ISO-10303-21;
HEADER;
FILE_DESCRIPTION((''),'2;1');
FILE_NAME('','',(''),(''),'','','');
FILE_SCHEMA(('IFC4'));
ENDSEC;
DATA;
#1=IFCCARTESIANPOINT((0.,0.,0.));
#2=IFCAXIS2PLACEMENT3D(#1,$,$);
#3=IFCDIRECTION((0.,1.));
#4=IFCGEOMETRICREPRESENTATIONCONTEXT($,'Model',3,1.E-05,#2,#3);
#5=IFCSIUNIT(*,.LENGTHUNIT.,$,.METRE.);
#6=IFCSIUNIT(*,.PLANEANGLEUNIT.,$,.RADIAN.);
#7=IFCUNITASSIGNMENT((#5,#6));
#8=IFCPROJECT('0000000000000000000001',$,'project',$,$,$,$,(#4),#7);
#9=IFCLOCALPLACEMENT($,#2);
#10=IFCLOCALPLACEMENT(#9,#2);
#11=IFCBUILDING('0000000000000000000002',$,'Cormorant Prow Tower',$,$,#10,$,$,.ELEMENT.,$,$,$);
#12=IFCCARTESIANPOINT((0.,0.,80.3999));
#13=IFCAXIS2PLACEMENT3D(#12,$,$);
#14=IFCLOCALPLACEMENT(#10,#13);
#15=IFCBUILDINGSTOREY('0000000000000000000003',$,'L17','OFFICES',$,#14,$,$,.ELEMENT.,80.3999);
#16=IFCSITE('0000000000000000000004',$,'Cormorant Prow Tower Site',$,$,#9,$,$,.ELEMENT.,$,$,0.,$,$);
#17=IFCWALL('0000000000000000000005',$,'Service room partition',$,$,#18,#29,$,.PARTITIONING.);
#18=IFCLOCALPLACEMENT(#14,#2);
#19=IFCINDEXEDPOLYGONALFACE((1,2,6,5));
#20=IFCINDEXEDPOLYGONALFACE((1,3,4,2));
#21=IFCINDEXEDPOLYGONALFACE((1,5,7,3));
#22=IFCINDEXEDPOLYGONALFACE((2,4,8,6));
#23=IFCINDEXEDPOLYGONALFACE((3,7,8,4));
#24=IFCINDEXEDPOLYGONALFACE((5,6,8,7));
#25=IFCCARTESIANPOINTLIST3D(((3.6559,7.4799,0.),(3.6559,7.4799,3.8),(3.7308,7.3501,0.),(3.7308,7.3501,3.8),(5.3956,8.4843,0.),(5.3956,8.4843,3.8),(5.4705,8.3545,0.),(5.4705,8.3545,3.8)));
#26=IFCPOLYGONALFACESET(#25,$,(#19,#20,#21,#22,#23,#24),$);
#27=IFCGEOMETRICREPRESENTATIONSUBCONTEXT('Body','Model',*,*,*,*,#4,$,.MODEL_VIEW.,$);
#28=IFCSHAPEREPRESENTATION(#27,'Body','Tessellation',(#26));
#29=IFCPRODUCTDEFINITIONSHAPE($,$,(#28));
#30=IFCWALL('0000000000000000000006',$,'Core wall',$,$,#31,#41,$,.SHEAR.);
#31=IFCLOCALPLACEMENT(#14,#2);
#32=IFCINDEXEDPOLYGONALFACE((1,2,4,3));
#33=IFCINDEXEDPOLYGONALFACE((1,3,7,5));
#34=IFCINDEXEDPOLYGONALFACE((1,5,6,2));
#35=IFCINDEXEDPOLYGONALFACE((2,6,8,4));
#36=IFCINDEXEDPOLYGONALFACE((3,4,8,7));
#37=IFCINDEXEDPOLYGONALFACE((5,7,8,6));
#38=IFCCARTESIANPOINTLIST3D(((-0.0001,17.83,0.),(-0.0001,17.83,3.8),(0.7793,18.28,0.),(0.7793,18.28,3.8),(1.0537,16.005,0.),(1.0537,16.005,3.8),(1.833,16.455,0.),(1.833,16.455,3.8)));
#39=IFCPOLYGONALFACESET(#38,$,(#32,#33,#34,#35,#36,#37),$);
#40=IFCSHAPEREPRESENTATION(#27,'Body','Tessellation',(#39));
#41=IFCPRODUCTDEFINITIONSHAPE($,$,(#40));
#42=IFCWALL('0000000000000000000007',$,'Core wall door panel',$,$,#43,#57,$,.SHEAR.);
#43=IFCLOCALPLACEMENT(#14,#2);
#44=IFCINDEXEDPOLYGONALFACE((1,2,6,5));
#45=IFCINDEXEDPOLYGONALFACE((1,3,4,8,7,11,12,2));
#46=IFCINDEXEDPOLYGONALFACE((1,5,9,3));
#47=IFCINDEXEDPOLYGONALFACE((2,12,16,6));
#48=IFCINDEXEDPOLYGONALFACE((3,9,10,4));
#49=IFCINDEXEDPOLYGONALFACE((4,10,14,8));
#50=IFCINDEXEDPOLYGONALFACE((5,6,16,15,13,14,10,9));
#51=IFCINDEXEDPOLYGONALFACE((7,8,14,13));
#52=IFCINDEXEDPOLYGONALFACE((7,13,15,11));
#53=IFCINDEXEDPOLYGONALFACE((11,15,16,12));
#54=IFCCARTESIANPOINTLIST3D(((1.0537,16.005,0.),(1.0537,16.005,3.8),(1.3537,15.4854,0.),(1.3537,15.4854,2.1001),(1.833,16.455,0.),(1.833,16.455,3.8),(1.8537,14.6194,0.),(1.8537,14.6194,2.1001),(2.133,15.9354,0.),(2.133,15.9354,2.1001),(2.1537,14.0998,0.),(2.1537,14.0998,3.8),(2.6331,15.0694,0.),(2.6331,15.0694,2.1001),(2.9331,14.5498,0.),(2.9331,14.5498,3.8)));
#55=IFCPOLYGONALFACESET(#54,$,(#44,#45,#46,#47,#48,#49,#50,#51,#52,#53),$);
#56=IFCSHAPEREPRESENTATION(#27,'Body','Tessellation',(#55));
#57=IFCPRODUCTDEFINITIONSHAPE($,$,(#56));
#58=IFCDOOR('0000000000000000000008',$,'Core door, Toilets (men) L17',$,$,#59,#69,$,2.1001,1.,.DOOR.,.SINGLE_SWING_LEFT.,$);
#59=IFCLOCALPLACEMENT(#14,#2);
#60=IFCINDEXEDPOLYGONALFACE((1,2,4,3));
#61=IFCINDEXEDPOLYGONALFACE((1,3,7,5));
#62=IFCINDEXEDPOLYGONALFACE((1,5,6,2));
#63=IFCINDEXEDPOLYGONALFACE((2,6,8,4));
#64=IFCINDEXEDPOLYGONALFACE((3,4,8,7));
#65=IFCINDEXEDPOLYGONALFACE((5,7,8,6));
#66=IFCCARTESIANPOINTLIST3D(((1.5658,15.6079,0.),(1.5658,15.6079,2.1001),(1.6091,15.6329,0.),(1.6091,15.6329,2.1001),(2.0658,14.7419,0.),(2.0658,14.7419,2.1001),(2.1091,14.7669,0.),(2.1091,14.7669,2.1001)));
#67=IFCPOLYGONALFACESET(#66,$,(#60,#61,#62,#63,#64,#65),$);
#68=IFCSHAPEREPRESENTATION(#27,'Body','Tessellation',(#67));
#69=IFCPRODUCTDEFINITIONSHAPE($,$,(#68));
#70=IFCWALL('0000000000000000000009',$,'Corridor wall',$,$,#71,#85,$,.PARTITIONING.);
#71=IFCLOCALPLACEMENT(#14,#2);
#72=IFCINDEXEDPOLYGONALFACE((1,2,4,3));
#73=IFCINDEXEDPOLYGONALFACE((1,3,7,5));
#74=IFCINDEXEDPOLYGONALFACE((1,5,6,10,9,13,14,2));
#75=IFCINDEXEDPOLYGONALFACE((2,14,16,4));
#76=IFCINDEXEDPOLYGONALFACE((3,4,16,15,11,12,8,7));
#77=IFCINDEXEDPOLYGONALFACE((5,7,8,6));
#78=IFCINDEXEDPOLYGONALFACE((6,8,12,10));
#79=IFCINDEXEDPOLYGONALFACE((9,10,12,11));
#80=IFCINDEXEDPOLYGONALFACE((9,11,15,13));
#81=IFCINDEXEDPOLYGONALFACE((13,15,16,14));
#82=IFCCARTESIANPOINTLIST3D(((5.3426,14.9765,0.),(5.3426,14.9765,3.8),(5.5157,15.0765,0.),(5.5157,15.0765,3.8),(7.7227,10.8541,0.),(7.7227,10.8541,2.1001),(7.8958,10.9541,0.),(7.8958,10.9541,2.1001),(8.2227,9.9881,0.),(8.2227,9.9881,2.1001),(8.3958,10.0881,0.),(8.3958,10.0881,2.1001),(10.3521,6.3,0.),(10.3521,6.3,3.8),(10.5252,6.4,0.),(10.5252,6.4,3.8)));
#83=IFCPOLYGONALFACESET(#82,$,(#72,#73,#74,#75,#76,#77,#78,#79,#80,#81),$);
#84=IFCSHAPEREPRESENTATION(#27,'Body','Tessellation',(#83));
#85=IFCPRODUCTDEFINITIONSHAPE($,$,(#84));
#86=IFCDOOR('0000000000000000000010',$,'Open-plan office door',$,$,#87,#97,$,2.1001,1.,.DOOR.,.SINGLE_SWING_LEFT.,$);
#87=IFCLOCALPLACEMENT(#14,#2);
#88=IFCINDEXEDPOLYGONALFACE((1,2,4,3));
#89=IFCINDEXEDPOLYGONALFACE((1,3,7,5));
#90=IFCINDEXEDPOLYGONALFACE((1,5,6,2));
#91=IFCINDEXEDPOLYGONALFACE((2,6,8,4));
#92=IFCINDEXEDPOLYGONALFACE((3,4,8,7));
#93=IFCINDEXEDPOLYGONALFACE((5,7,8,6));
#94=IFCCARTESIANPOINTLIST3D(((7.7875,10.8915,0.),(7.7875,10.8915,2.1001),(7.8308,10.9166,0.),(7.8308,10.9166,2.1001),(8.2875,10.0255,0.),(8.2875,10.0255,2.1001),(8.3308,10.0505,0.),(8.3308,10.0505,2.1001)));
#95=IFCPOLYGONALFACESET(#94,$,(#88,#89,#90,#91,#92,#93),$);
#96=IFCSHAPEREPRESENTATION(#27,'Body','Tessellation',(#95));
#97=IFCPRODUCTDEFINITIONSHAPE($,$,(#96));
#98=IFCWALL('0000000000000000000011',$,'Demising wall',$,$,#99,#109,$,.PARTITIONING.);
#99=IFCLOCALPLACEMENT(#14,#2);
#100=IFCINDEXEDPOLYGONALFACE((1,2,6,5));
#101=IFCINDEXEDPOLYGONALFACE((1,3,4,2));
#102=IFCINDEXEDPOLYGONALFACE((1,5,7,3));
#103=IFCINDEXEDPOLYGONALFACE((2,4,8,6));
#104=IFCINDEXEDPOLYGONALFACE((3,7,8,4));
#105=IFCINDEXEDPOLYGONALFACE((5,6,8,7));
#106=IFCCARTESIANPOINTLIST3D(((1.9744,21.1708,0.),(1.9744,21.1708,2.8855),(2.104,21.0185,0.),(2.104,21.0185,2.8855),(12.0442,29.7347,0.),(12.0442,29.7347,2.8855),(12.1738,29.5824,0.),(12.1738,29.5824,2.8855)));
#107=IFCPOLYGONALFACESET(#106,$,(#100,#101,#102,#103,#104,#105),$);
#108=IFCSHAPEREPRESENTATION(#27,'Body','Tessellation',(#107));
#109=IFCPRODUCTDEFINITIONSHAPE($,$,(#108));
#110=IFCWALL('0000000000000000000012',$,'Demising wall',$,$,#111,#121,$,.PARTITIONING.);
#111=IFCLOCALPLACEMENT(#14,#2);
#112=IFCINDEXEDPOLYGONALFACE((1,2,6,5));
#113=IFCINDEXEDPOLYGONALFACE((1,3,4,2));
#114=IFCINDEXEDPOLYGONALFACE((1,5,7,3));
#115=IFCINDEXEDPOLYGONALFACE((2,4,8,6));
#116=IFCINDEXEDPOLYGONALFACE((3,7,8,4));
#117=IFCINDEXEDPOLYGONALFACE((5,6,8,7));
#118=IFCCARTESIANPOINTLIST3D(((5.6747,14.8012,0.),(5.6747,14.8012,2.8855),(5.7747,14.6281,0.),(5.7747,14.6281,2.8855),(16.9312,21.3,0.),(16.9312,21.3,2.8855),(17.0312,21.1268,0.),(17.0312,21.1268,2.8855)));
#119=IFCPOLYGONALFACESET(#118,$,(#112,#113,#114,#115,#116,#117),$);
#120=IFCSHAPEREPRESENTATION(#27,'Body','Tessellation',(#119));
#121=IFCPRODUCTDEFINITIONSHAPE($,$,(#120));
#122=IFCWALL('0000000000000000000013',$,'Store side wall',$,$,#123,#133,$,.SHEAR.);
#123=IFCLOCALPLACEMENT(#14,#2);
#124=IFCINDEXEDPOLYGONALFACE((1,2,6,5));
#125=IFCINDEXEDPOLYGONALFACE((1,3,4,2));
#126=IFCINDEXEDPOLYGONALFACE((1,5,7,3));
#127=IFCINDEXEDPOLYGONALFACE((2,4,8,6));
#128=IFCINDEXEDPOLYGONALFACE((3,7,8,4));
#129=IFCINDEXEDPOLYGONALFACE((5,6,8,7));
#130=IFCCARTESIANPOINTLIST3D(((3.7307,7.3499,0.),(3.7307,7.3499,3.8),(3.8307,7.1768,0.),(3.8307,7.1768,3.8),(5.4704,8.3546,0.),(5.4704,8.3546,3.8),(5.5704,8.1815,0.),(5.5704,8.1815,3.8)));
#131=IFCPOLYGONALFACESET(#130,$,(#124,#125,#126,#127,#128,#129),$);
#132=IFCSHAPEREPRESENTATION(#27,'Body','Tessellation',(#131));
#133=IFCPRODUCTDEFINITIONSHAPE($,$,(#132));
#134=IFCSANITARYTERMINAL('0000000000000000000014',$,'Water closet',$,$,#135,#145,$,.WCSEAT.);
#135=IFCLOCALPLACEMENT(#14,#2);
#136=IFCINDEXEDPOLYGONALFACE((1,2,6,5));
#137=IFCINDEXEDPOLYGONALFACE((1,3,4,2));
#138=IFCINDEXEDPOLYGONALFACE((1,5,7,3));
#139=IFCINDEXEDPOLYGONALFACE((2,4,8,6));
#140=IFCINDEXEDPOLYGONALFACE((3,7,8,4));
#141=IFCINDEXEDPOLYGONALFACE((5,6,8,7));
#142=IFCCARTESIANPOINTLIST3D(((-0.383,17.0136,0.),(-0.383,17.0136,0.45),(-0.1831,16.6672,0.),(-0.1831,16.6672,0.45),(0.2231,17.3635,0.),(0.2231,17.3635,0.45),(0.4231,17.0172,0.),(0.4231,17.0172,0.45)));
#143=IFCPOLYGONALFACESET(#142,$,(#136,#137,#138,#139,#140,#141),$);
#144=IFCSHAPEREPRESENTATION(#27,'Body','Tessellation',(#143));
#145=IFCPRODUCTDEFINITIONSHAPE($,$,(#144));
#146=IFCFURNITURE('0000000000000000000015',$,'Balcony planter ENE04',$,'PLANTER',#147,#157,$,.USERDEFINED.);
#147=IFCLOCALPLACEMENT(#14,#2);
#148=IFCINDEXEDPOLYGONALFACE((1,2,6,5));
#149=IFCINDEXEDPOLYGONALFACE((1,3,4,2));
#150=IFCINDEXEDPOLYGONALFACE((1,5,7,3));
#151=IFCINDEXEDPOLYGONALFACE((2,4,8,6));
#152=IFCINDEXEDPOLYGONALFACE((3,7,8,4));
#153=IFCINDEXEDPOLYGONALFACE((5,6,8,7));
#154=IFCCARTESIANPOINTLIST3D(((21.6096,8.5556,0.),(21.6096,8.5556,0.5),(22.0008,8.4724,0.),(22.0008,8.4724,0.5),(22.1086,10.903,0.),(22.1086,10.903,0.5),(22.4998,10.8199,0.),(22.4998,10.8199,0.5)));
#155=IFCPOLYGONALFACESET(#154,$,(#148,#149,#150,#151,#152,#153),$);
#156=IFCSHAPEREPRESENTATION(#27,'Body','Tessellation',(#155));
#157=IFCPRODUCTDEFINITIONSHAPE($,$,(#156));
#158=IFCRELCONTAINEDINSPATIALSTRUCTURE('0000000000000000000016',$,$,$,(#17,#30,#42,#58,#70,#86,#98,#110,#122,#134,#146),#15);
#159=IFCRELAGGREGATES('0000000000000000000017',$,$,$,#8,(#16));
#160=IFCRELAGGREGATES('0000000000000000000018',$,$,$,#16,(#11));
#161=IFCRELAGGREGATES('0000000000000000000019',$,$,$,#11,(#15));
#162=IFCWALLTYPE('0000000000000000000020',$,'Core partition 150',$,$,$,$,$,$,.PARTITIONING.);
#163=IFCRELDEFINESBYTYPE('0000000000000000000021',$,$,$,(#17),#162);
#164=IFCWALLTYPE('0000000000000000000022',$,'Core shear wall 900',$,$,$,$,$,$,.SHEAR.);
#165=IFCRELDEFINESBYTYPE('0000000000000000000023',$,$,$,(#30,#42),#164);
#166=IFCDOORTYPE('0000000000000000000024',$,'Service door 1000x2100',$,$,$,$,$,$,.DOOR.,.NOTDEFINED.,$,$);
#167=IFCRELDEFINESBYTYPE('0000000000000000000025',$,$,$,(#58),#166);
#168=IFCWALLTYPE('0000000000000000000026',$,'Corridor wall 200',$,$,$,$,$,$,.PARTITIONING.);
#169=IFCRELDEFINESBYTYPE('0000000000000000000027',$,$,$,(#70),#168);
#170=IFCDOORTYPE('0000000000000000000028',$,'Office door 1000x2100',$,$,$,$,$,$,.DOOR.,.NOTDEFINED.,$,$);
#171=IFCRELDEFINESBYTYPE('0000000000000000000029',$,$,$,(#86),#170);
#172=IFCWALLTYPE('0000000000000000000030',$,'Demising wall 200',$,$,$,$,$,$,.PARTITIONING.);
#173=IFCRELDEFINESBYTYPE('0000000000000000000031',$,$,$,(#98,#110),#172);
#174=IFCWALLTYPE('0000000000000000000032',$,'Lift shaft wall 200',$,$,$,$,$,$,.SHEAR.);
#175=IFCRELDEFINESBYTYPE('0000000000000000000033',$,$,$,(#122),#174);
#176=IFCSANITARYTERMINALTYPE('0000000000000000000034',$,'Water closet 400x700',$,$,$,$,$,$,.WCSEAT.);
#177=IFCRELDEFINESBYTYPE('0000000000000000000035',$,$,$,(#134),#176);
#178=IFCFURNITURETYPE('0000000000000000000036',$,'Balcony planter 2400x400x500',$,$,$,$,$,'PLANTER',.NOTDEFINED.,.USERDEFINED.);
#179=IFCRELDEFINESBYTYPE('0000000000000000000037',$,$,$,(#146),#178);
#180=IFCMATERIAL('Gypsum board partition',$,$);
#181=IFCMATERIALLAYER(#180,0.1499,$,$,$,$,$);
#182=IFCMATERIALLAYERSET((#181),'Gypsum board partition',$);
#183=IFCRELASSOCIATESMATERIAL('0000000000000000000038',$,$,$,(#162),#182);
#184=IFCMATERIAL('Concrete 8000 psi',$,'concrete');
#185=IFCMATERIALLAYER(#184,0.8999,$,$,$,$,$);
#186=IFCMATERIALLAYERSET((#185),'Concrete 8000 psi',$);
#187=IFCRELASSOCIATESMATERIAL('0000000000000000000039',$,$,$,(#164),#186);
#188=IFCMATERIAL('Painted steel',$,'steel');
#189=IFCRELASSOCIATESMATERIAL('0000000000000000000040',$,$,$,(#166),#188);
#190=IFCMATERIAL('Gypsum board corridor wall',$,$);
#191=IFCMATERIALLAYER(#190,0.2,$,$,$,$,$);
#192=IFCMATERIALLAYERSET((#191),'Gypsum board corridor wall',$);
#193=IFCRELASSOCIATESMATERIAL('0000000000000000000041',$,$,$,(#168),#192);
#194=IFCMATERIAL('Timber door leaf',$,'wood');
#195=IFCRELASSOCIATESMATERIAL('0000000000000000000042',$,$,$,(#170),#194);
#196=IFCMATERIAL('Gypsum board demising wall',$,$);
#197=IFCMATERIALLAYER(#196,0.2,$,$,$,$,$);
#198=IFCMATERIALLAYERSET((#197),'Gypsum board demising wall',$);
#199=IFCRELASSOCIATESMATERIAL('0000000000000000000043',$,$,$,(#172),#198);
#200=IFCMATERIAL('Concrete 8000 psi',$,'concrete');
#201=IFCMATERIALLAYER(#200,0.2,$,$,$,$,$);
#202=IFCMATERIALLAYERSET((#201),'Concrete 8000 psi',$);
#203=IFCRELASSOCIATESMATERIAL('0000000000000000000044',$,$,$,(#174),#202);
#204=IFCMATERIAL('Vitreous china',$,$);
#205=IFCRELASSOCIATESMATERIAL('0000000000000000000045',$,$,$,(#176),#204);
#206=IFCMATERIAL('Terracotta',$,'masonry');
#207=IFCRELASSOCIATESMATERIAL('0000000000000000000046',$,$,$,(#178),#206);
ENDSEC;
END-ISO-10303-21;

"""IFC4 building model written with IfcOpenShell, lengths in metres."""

from ifc_helpers import new_model, si_unit, direction, frame, frame_2d, origin, origin_2d, place, context, subcontext, project, spatial, rectangle, extrude, material, layer, layer_set, type_object, element, fill, save


model = new_model("IFC4")

# Units and contexts
model_context = context("Model", 3, precision=1e-05, world=origin(), true_north=direction((0.0, 1.0)))
body_context = subcontext(model_context, "Body", "Model", "MODEL_VIEW")
ifc_project = project(units=[si_unit("LENGTHUNIT", "METRE"), si_unit("PLANEANGLEUNIT", "RADIAN")], contexts=[model_context])

# Site, building, storey
site_placement = place(None, origin())
site = spatial("IfcSite", under=ifc_project, at=site_placement, Name="Cormorant Prow Tower Site", CompositionType="ELEMENT", RefElevation=0.0)
building_placement = place(site_placement, origin())
building = spatial("IfcBuilding", under=site, at=building_placement, Name="Cormorant Prow Tower", CompositionType="ELEMENT")
storey_placement = place(building_placement, frame((0.0, 0.0, 80.3999)))
storey = spatial("IfcBuildingStorey", under=building, at=storey_placement, Name="L17", Description="OFFICES", CompositionType="ELEMENT", Elevation=80.3999)

# Walls
ifc_material_1 = material(Name="Gypsum board partition")
ifc_layer_1 = layer(ifc_material_1, 0.1499)
ifc_layer_set_1 = layer_set([ifc_layer_1], Name="Gypsum board partition")
wall_type_1 = type_object("IfcWallType", Name="Core partition 150", PredefinedType="PARTITIONING", material=ifc_layer_set_1)
wall_1_placement = place(storey_placement, frame((3.6934, 7.415, 0.0), z_axis=(0.0, 0.0, 1.0), x_axis=(0.866036, 0.499982, 0.0)))
element("IfcWall", 1, at=wall_1_placement, inside=storey, type_object=wall_type_1, Name="Service room partition", PredefinedType="PARTITIONING", context=body_context, shape_type="SweptSolid", body=[
    extrude(rectangle(XDim=2.0088, YDim=0.1499, at=frame_2d((1.0044, 0.0))), origin(), (0.0, 0.0, 1.0), 3.8),
])
ifc_material_2 = material(Name="Concrete 8000 psi", Category="concrete")
ifc_layer_2 = layer(ifc_material_2, 0.8999)
ifc_layer_set_2 = layer_set([ifc_layer_2], Name="Concrete 8000 psi")
wall_type_2 = type_object("IfcWallType", Name="Core shear wall 900", PredefinedType="SHEAR", material=ifc_layer_set_2)
wall_2_placement = place(storey_placement, frame((1.4434, 16.23, 0.0), z_axis=(0.0, 0.0, 1.0), x_axis=(-0.500027, 0.86601, 0.0)))
element("IfcWall", 2, at=wall_2_placement, inside=storey, type_object=wall_type_2, Name="Core wall", PredefinedType="SHEAR", context=body_context, shape_type="SweptSolid", body=[
    extrude(rectangle(XDim=2.1074, YDim=0.8999, at=frame_2d((1.0537, 0.0))), origin(), (0.0, 0.0, 1.0), 3.8),
])

# Walls, openings, doors
wall_3_placement = place(storey_placement, frame((2.5435, 14.3247, 0.0), z_axis=(0.0, 0.0, 1.0), x_axis=(-0.50003, 0.866008, 0.0)))
wall_3 = element("IfcWall", 3, at=wall_3_placement, inside=storey, type_object=wall_type_2, Name="Core wall door panel", PredefinedType="SHEAR", context=body_context, shape_type="SweptSolid", body=[
    extrude(rectangle(XDim=2.2, YDim=0.8999, at=frame_2d((1.1001, 0.0))), origin(), (0.0, 0.0, 1.0), 3.8),
])
opening_1_placement = place(wall_3_placement, frame((0.6001, 0.0, 0.0)))
opening_1 = element("IfcOpeningElement", 4, at=opening_1_placement, cuts=wall_3, PredefinedType="OPENING", context=body_context, shape_type="SweptSolid", body=[
    extrude(rectangle(XDim=1.0, YDim=2.1001, at=frame_2d((0.5, 1.05))), frame((0.0, 0.46, 0.0), z_axis=(0.0, -1.0, 0.0), x_axis=(1.0, 0.0, 0.0)), (0.0, 0.0, 1.0), 0.9199),
])
ifc_material_3 = material(Name="Painted steel", Category="steel")
door_type_1 = type_object("IfcDoorType", Name="Service door 1000x2100", OperationType="NOTDEFINED", PredefinedType="DOOR", material=ifc_material_3)
door_1_placement = place(opening_1_placement, origin())
door_1 = element("IfcDoor", 5, at=door_1_placement, inside=storey, type_object=door_type_1, Name="Core door, Toilets (men) L17", OperationType="SINGLE_SWING_LEFT", OverallHeight=2.1001, OverallWidth=1.0, PredefinedType="DOOR", context=body_context, shape_type="SweptSolid", body=[
    extrude(rectangle(XDim=1.0, YDim=2.1001, at=frame_2d((0.5, 1.05))), frame((0.0, 0.2051, 0.0), z_axis=(0.0, -1.0, 0.0), x_axis=(1.0, 0.0, 0.0)), (0.0, 0.0, 1.0), 0.05),
])
fill(opening_1, door_1)
ifc_material_4 = material(Name="Gypsum board corridor wall")
ifc_layer_3 = layer(ifc_material_4, 0.2)
ifc_layer_set_3 = layer_set([ifc_layer_3], Name="Gypsum board corridor wall")
wall_type_3 = type_object("IfcWallType", Name="Corridor wall 200", PredefinedType="PARTITIONING", material=ifc_layer_set_3)
wall_4_placement = place(storey_placement, frame((5.4292, 15.0264, 0.0), z_axis=(0.0, 0.0, 1.0), x_axis=(0.50001, -0.86602, 0.0)))
wall_4 = element("IfcWall", 6, at=wall_4_placement, inside=storey, type_object=wall_type_3, Name="Corridor wall", PredefinedType="PARTITIONING", context=body_context, shape_type="SweptSolid", body=[
    extrude(rectangle(XDim=10.0188, YDim=0.2, at=frame_2d((5.0093, 0.0))), origin(), (0.0, 0.0, 1.0), 3.8),
])
opening_2_placement = place(wall_4_placement, frame((4.76, 0.0, 0.0)))
opening_2 = element("IfcOpeningElement", 7, at=opening_2_placement, cuts=wall_4, PredefinedType="OPENING", context=body_context, shape_type="SweptSolid", body=[
    extrude(rectangle(XDim=1.0, YDim=2.1001, at=frame_2d((0.5, 1.05))), frame((0.0, 0.1099, 0.0), z_axis=(0.0, -1.0, 0.0), x_axis=(1.0, 0.0, 0.0)), (0.0, 0.0, 1.0), 0.22),
])
ifc_material_5 = material(Name="Timber door leaf", Category="wood")
door_type_2 = type_object("IfcDoorType", Name="Office door 1000x2100", OperationType="NOTDEFINED", PredefinedType="DOOR", material=ifc_material_5)
door_2_placement = place(opening_2_placement, origin())
door_2 = element("IfcDoor", 8, at=door_2_placement, inside=storey, type_object=door_type_2, Name="Open-plan office door", OperationType="SINGLE_SWING_LEFT", OverallHeight=2.1001, OverallWidth=1.0, PredefinedType="DOOR", context=body_context, shape_type="SweptSolid", body=[
    extrude(rectangle(XDim=1.0, YDim=2.1001, at=frame_2d((0.5, 1.05))), frame((0.0, 0.0249, 0.0), z_axis=(0.0, -1.0, 0.0), x_axis=(1.0, 0.0, 0.0)), (0.0, 0.0, 1.0), 0.05),
])
fill(opening_2, door_2)

# Walls
ifc_material_6 = material(Name="Gypsum board demising wall")
ifc_layer_4 = layer(ifc_material_6, 0.2)
ifc_layer_set_4 = layer_set([ifc_layer_4], Name="Gypsum board demising wall")
wall_type_4 = type_object("IfcWallType", Name="Demising wall 200", PredefinedType="PARTITIONING", material=ifc_layer_set_4)
wall_5_placement = place(storey_placement, frame((2.0393, 21.0947, 0.0), z_axis=(0.0, 0.0, 1.0), x_axis=(0.761767, 0.647851, 0.0)))
element("IfcWall", 9, at=wall_5_placement, inside=storey, type_object=wall_type_4, Name="Demising wall", PredefinedType="PARTITIONING", context=body_context, shape_type="SweptSolid", body=[
    extrude(rectangle(XDim=13.219, YDim=0.2, at=frame_2d((6.6094, 0.0))), origin(), (0.0, 0.0, 1.0), 2.8855),
])
wall_6_placement = place(storey_placement, frame((5.7246, 14.7146, 0.0), z_axis=(0.0, 0.0, 1.0), x_axis=(0.866033, 0.499987, 0.0)))
element("IfcWall", 10, at=wall_6_placement, inside=storey, type_object=wall_type_4, Name="Demising wall", PredefinedType="PARTITIONING", context=body_context, shape_type="SweptSolid", body=[
    extrude(rectangle(XDim=12.9978, YDim=0.2, at=frame_2d((6.499, 0.0))), origin(), (0.0, 0.0, 1.0), 2.8855),
])
ifc_material_7 = material(Name="Concrete 8000 psi", Category="concrete")
ifc_layer_5 = layer(ifc_material_7, 0.2)
ifc_layer_set_5 = layer_set([ifc_layer_5], Name="Concrete 8000 psi")
wall_type_5 = type_object("IfcWallType", Name="Lift shaft wall 200", PredefinedType="SHEAR", material=ifc_layer_set_5)
wall_7_placement = place(storey_placement, frame((3.7808, 7.2634, 0.0), z_axis=(0.0, 0.0, 1.0), x_axis=(0.865983, 0.500073, 0.0)))
element("IfcWall", 11, at=wall_7_placement, inside=storey, type_object=wall_type_5, Name="Store side wall", PredefinedType="SHEAR", context=body_context, shape_type="SweptSolid", body=[
    extrude(rectangle(XDim=2.009, YDim=0.2, at=frame_2d((1.0044, 0.0))), origin(), (0.0, 0.0, 1.0), 3.8),
])

# Sanitary terminal
ifc_material_8 = material(Name="Vitreous china")
sanitary_terminal_type = type_object("IfcSanitaryTerminalType", Name="Water closet 400x700", PredefinedType="WCSEAT", material=ifc_material_8)
sanitary_terminal_placement = place(storey_placement, frame((0.02, 17.0154, 0.0), z_axis=(0.0, 0.0, 1.0), x_axis=(-0.5, 0.866025, 0.0)))
element("IfcSanitaryTerminal", 12, at=sanitary_terminal_placement, inside=storey, type_object=sanitary_terminal_type, Name="Water closet", PredefinedType="WCSEAT", context=body_context, shape_type="SweptSolid", body=[
    extrude(rectangle(XDim=0.3999, YDim=0.7, at=origin_2d()), origin(), (0.0, 0.0, 1.0), 0.45),
])

# Furniture
ifc_material_9 = material(Name="Terracotta", Category="masonry")
furniture_type = type_object("IfcFurnitureType", Name="Balcony planter 2400x400x500", ElementType="PLANTER", AssemblyPlace="NOTDEFINED", PredefinedType="USERDEFINED", material=ifc_material_9)
furniture_placement = place(storey_placement, frame((22.0547, 9.6877, 0.0), z_axis=(0.0, 0.0, 1.0), x_axis=(0.207912, 0.978148, 0.0)))
element("IfcFurniture", 13, at=furniture_placement, inside=storey, type_object=furniture_type, Name="Balcony planter ENE04", ObjectType="PLANTER", PredefinedType="USERDEFINED", context=body_context, shape_type="SweptSolid", body=[
    extrude(rectangle(XDim=2.3999, YDim=0.3999, at=origin_2d()), origin(), (0.0, 0.0, 1.0), 0.5),
])

save(model, "model.ifc")
